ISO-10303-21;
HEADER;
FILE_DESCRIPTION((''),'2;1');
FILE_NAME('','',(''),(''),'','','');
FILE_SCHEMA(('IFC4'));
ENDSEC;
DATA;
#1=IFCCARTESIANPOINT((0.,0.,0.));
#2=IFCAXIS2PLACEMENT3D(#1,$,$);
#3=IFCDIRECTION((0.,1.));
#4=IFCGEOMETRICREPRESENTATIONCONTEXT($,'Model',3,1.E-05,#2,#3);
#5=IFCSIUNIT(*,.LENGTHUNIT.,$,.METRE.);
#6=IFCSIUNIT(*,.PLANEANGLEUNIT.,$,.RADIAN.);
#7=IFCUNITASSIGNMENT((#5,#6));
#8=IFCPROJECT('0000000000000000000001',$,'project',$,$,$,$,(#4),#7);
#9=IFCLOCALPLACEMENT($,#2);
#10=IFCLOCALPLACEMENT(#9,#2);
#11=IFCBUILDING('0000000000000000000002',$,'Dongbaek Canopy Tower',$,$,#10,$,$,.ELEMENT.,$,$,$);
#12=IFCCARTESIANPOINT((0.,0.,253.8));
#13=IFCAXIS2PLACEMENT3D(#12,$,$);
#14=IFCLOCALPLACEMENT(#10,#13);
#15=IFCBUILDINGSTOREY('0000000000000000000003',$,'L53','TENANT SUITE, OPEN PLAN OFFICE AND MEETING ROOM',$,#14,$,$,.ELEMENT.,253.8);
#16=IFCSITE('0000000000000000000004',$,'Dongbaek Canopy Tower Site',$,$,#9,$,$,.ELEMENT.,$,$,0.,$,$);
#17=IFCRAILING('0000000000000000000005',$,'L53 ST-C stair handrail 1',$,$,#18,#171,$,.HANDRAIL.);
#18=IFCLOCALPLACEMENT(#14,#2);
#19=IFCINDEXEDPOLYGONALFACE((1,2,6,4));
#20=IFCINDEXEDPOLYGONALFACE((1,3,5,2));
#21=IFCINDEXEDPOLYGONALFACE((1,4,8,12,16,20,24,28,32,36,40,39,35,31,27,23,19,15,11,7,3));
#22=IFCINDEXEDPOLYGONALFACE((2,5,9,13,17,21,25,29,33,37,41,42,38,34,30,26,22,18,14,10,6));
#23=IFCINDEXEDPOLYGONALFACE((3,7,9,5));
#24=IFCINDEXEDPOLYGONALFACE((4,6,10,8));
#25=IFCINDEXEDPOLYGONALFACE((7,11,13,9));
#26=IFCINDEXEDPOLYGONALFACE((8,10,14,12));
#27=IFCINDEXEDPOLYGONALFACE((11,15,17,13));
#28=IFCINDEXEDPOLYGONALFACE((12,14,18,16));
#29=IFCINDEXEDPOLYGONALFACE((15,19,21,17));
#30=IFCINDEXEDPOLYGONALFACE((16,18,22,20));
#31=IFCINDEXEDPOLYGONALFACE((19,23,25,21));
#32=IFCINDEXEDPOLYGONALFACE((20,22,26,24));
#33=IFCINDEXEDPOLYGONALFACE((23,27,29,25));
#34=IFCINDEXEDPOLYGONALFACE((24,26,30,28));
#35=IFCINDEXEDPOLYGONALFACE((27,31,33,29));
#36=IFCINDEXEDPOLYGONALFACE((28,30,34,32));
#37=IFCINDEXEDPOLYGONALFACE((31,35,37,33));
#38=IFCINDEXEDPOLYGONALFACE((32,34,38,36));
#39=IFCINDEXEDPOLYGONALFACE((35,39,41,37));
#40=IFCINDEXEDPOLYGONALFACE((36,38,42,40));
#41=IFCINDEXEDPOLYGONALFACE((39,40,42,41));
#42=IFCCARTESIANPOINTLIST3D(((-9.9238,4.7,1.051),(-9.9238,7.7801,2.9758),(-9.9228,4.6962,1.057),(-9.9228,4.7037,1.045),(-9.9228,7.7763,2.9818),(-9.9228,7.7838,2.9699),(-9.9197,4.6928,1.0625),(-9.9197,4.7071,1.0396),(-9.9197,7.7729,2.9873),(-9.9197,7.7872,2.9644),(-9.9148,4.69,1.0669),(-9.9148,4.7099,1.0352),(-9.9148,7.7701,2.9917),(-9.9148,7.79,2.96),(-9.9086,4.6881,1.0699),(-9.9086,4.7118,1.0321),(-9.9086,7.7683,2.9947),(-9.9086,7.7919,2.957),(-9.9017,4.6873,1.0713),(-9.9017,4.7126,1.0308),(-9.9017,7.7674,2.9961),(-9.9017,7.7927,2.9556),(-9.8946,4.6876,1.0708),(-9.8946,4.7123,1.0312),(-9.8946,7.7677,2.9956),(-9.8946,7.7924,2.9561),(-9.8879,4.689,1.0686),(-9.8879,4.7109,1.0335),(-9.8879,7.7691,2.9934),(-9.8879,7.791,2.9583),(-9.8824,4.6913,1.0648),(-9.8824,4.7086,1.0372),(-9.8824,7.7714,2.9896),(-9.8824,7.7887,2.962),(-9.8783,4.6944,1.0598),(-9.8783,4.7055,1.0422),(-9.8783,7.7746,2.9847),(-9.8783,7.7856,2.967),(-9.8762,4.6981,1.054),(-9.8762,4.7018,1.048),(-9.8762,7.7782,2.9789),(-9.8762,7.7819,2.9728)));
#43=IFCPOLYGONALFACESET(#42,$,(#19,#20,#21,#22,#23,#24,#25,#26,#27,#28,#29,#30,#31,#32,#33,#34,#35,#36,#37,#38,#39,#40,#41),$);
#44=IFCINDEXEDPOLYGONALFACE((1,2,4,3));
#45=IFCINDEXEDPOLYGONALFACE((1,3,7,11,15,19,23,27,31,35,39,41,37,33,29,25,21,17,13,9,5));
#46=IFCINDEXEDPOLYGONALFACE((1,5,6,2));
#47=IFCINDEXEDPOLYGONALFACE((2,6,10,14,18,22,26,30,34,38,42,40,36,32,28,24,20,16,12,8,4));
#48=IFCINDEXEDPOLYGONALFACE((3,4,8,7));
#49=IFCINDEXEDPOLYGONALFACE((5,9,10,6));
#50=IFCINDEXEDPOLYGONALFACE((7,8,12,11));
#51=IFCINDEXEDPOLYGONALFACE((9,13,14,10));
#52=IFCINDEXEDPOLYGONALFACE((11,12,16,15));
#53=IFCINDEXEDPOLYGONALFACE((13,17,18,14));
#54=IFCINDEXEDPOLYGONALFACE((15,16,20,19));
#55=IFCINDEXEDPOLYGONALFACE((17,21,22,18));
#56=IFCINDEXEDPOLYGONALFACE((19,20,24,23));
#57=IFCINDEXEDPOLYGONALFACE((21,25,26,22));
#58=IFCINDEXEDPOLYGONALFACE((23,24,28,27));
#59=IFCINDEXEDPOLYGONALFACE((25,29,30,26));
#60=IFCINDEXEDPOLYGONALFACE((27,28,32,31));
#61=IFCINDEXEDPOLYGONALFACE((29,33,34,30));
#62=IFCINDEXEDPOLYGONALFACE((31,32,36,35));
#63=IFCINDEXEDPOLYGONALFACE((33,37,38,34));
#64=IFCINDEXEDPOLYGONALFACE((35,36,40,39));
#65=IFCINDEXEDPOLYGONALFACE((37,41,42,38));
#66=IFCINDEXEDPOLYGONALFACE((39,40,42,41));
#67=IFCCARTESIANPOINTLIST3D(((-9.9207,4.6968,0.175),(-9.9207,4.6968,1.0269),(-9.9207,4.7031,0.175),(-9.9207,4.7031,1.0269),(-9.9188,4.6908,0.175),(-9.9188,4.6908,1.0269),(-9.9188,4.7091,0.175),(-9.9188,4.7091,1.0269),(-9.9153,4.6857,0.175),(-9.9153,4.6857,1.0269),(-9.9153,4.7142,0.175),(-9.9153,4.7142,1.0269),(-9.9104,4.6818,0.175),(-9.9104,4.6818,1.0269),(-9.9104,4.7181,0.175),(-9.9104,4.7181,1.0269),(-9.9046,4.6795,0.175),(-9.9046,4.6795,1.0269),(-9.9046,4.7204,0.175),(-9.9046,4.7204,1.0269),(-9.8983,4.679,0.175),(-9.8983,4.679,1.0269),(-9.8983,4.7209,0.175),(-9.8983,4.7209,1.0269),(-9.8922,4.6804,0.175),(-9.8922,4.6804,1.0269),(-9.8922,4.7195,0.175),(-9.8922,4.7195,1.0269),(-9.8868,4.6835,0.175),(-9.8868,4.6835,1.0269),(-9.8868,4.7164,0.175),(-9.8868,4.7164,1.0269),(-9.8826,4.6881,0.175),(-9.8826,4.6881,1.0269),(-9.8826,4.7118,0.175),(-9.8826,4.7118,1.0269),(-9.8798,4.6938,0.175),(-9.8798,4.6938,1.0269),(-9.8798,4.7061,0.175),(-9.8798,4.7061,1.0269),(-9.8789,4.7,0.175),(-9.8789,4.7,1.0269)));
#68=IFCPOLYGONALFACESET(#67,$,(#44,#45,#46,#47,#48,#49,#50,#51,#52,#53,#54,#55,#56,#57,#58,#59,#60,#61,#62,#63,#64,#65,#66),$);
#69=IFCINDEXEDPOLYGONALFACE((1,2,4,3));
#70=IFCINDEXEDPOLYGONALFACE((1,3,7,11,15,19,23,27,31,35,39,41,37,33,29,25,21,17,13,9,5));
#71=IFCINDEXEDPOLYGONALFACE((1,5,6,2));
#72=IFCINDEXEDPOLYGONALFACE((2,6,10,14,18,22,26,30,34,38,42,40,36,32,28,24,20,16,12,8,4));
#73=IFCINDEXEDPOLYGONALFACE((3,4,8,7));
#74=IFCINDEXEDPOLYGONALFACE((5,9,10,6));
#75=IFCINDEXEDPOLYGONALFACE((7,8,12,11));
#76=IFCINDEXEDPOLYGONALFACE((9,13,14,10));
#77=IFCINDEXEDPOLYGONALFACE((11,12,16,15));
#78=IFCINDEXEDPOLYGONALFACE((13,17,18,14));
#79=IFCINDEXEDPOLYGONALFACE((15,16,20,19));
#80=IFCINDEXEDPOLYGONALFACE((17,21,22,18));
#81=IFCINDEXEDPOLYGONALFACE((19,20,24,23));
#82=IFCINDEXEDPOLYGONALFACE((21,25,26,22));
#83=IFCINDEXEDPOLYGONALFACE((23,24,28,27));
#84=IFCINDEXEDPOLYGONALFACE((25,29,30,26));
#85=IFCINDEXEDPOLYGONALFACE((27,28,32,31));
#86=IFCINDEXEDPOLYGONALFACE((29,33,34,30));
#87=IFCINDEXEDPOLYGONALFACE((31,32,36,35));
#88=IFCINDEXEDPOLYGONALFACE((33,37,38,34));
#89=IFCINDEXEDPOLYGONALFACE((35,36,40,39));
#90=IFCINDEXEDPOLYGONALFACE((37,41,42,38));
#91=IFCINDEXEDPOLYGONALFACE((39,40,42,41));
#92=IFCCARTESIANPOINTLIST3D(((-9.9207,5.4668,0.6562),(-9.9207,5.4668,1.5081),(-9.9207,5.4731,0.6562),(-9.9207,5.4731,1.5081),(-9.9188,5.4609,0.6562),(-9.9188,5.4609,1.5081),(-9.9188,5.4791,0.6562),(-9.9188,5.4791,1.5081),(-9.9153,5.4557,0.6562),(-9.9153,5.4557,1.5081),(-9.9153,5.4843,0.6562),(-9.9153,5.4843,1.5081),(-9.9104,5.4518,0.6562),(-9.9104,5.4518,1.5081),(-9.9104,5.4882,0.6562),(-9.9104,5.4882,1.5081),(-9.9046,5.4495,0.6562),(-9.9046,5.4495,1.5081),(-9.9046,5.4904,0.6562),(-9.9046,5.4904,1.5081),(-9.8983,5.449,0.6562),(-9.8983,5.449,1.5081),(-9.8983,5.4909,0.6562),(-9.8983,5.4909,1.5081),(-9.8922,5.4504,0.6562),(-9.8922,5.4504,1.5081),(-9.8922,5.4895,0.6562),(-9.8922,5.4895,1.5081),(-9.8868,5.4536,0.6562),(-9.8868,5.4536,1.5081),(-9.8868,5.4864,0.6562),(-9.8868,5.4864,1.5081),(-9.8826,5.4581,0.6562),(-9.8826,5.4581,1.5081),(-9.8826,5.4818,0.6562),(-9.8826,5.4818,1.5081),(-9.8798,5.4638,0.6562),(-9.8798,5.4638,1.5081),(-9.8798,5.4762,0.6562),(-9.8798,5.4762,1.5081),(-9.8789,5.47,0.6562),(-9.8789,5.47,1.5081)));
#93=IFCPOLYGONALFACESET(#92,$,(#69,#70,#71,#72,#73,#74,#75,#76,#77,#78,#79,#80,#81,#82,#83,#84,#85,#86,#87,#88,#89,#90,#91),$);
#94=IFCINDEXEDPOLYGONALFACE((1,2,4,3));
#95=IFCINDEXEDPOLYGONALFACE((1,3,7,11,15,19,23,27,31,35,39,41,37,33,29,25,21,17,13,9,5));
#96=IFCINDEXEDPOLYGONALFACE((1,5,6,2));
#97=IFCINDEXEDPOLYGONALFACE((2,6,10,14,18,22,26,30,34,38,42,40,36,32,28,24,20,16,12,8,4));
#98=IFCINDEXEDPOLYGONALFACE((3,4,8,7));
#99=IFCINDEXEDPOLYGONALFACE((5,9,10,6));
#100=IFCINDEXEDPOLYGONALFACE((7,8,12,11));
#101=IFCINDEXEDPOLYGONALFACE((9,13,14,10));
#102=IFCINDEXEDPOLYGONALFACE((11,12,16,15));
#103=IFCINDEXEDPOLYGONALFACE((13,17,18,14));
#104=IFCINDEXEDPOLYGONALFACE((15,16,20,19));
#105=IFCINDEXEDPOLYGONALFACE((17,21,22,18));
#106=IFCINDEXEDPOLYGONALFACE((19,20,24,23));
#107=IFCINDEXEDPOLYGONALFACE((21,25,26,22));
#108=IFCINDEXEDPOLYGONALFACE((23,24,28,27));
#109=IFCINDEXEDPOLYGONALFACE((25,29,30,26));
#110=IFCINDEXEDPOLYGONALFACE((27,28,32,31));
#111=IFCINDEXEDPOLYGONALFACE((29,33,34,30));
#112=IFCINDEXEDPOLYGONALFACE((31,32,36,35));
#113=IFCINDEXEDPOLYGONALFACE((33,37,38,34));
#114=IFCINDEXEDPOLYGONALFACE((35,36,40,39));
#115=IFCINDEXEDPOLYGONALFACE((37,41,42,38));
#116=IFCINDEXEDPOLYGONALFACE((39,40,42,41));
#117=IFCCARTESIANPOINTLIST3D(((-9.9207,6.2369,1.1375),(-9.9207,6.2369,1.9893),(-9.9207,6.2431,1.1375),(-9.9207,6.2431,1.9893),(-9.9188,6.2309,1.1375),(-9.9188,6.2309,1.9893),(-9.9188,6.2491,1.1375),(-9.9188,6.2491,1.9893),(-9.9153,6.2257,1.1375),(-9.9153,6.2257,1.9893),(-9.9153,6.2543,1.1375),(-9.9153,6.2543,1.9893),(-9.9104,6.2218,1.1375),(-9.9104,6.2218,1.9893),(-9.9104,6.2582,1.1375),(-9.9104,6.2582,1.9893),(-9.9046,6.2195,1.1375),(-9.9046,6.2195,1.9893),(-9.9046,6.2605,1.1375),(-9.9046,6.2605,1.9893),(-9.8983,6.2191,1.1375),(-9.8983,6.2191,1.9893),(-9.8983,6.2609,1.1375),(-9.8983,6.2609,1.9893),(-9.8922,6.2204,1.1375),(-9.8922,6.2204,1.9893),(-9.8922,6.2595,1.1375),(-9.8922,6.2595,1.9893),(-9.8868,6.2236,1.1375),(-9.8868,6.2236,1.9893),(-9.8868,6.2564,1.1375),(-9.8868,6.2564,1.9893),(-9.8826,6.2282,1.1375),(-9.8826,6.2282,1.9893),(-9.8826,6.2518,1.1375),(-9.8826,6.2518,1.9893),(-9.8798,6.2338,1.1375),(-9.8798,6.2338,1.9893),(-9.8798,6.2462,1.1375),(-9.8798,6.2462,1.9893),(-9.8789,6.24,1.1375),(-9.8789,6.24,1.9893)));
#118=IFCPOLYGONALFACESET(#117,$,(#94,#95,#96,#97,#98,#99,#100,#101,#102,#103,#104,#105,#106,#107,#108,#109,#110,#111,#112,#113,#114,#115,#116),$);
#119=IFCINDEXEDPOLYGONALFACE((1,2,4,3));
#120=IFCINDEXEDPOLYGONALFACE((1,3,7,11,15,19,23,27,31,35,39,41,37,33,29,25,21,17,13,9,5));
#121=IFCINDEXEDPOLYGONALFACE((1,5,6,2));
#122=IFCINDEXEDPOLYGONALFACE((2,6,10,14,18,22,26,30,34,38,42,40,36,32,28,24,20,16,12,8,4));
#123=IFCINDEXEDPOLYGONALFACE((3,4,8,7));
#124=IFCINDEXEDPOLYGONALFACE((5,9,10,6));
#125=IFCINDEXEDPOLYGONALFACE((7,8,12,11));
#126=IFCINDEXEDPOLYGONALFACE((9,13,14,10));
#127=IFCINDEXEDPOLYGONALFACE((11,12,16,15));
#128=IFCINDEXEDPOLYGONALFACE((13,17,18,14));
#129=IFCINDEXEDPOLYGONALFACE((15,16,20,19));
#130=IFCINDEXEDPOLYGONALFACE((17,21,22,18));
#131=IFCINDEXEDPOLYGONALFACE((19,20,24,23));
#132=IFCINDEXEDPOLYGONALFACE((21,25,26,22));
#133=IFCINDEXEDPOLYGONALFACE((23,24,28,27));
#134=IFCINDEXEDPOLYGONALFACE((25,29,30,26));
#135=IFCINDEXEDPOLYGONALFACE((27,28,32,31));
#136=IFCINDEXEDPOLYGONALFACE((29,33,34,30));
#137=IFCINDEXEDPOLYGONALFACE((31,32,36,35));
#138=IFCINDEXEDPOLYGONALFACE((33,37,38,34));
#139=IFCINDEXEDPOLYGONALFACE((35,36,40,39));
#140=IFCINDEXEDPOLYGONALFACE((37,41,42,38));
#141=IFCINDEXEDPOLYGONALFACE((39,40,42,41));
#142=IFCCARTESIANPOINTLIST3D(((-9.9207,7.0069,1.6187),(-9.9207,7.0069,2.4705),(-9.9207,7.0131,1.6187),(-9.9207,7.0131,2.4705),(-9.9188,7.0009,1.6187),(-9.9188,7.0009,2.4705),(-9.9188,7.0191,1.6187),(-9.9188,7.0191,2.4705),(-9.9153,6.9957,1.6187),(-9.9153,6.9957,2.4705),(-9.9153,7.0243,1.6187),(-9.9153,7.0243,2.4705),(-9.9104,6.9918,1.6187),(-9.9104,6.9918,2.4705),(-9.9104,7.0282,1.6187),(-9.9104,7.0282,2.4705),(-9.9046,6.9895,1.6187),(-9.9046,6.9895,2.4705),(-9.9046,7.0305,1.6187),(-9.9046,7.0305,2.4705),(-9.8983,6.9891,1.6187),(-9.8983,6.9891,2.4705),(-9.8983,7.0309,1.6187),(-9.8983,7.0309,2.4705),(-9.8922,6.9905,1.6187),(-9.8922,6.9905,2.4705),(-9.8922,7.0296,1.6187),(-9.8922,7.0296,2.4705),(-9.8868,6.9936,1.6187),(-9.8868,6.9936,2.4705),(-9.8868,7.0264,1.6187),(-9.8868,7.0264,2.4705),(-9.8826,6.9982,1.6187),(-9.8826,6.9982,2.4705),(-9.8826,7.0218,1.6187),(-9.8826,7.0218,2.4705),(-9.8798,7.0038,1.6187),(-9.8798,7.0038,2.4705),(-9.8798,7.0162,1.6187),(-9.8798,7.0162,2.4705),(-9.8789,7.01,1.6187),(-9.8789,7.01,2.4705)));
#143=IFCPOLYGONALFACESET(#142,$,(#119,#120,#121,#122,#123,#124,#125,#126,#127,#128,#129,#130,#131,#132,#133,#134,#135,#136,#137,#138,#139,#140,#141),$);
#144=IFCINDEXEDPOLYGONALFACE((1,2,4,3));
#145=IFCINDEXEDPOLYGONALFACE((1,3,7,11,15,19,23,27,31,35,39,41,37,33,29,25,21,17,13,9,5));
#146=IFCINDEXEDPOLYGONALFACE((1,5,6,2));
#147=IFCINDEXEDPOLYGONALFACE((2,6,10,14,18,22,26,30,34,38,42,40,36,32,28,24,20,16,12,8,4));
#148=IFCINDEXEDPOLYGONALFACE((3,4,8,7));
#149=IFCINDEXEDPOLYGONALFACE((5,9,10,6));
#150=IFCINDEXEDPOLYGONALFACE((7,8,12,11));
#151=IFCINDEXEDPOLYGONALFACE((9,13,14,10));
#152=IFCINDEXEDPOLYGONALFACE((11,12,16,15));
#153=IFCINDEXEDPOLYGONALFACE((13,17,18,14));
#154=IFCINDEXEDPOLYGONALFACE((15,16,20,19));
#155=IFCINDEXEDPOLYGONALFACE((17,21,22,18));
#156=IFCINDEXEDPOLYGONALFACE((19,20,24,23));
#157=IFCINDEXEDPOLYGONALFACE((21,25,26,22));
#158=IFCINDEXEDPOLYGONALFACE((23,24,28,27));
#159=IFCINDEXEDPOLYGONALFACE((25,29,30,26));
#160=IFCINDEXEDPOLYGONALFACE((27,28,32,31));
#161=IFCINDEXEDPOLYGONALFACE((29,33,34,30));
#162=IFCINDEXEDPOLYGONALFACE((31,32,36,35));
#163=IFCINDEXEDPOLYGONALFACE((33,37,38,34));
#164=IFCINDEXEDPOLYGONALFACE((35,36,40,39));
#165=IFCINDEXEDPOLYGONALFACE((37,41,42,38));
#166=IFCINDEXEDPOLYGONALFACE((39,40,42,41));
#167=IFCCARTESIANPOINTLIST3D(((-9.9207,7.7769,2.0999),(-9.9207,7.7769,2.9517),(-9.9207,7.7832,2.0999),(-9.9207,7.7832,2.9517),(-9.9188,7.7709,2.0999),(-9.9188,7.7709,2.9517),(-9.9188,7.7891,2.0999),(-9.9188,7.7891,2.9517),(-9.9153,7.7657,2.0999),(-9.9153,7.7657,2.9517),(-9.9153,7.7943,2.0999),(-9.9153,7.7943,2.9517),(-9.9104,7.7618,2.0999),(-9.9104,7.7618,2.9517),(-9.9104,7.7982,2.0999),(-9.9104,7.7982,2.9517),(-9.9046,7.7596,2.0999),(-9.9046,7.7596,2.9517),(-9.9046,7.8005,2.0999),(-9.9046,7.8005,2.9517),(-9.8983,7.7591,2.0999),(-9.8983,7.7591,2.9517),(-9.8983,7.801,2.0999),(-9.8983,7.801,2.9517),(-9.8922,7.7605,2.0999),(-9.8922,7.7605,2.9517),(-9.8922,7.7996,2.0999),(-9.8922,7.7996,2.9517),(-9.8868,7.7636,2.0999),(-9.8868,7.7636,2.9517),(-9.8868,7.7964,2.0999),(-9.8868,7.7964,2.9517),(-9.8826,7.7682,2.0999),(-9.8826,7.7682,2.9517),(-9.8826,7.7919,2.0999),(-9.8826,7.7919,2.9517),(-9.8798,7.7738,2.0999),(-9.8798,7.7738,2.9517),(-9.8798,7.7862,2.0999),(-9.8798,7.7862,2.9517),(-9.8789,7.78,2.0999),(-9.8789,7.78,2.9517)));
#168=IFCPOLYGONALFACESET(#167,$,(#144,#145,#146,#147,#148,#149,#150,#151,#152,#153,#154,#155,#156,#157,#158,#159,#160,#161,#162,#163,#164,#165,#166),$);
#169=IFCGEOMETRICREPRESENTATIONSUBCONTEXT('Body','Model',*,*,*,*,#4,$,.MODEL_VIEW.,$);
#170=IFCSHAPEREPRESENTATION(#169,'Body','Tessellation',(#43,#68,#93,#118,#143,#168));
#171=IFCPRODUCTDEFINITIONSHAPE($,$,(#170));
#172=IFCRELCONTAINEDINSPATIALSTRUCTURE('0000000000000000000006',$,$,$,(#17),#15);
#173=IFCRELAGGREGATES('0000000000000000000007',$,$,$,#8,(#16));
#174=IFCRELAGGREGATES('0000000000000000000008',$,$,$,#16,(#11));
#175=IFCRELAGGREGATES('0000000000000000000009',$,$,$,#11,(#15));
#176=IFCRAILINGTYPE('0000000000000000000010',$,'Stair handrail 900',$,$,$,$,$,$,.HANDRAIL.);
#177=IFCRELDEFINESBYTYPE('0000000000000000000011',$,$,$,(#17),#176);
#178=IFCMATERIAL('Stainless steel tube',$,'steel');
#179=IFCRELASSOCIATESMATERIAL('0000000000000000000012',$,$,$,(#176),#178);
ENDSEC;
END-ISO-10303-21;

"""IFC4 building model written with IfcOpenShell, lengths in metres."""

from ifc_helpers import new_model, si_unit, direction, frame, origin, origin_2d, place, context, subcontext, project, spatial, circle, extrude, material, type_object, element, save


model = new_model("IFC4")

# Units and contexts
model_context = context("Model", 3, precision=1e-05, world=origin(), true_north=direction((0.0, 1.0)))
body_context = subcontext(model_context, "Body", "Model", "MODEL_VIEW")
ifc_project = project(units=[si_unit("LENGTHUNIT", "METRE"), si_unit("PLANEANGLEUNIT", "RADIAN")], contexts=[model_context])

# Site, building, storey
site_placement = place(None, origin())
site = spatial("IfcSite", under=ifc_project, at=site_placement, Name="Dongbaek Canopy Tower Site", CompositionType="ELEMENT", RefElevation=0.0)
building_placement = place(site_placement, origin())
building = spatial("IfcBuilding", under=site, at=building_placement, Name="Dongbaek Canopy Tower", CompositionType="ELEMENT")
storey_placement = place(building_placement, frame((0.0, 0.0, 253.8)))
storey = spatial("IfcBuildingStorey", under=building, at=storey_placement, Name="L53", Description="TENANT SUITE, OPEN PLAN OFFICE AND MEETING ROOM", CompositionType="ELEMENT", Elevation=253.8)

# Railing
ifc_material_1 = material(Name="Stainless steel tube", Category="steel")
railing_type_1 = type_object("IfcRailingType", Name="Stair handrail 900", PredefinedType="HANDRAIL", material=ifc_material_1)
railing_1_placement = place(storey_placement, frame((-9.8999, 4.7, 0.175)))
element("IfcRailing", 1, at=railing_1_placement, inside=storey, type_object=railing_type_1, Name="L53 ST-C stair handrail 1", PredefinedType="HANDRAIL", context=body_context, shape_type="SweptSolid", body=[
    extrude(circle(Radius=0.0239, at=origin_2d()), frame((0.0, 0.0, 0.876), z_axis=(0.0, 0.848029, 0.529951), x_axis=(-1.0, 0.0, 0.0)), (0.0, 0.0, 1.0), 3.6321),
    extrude(circle(Radius=0.021, at=origin_2d()), origin(), (0.0, 0.0, 1.0), 0.8518),
    extrude(circle(Radius=0.021, at=origin_2d()), frame((0.0, 0.77, 0.4812)), (0.0, 0.0, 1.0), 0.8518),
    extrude(circle(Radius=0.021, at=origin_2d()), frame((0.0, 1.54, 0.9624)), (0.0, 0.0, 1.0), 0.8518),
    extrude(circle(Radius=0.021, at=origin_2d()), frame((0.0, 2.3101, 1.4436)), (0.0, 0.0, 1.0), 0.8518),
    extrude(circle(Radius=0.021, at=origin_2d()), frame((0.0, 3.0801, 1.9248)), (0.0, 0.0, 1.0), 0.8518),
])

save(model, "model.ifc")
